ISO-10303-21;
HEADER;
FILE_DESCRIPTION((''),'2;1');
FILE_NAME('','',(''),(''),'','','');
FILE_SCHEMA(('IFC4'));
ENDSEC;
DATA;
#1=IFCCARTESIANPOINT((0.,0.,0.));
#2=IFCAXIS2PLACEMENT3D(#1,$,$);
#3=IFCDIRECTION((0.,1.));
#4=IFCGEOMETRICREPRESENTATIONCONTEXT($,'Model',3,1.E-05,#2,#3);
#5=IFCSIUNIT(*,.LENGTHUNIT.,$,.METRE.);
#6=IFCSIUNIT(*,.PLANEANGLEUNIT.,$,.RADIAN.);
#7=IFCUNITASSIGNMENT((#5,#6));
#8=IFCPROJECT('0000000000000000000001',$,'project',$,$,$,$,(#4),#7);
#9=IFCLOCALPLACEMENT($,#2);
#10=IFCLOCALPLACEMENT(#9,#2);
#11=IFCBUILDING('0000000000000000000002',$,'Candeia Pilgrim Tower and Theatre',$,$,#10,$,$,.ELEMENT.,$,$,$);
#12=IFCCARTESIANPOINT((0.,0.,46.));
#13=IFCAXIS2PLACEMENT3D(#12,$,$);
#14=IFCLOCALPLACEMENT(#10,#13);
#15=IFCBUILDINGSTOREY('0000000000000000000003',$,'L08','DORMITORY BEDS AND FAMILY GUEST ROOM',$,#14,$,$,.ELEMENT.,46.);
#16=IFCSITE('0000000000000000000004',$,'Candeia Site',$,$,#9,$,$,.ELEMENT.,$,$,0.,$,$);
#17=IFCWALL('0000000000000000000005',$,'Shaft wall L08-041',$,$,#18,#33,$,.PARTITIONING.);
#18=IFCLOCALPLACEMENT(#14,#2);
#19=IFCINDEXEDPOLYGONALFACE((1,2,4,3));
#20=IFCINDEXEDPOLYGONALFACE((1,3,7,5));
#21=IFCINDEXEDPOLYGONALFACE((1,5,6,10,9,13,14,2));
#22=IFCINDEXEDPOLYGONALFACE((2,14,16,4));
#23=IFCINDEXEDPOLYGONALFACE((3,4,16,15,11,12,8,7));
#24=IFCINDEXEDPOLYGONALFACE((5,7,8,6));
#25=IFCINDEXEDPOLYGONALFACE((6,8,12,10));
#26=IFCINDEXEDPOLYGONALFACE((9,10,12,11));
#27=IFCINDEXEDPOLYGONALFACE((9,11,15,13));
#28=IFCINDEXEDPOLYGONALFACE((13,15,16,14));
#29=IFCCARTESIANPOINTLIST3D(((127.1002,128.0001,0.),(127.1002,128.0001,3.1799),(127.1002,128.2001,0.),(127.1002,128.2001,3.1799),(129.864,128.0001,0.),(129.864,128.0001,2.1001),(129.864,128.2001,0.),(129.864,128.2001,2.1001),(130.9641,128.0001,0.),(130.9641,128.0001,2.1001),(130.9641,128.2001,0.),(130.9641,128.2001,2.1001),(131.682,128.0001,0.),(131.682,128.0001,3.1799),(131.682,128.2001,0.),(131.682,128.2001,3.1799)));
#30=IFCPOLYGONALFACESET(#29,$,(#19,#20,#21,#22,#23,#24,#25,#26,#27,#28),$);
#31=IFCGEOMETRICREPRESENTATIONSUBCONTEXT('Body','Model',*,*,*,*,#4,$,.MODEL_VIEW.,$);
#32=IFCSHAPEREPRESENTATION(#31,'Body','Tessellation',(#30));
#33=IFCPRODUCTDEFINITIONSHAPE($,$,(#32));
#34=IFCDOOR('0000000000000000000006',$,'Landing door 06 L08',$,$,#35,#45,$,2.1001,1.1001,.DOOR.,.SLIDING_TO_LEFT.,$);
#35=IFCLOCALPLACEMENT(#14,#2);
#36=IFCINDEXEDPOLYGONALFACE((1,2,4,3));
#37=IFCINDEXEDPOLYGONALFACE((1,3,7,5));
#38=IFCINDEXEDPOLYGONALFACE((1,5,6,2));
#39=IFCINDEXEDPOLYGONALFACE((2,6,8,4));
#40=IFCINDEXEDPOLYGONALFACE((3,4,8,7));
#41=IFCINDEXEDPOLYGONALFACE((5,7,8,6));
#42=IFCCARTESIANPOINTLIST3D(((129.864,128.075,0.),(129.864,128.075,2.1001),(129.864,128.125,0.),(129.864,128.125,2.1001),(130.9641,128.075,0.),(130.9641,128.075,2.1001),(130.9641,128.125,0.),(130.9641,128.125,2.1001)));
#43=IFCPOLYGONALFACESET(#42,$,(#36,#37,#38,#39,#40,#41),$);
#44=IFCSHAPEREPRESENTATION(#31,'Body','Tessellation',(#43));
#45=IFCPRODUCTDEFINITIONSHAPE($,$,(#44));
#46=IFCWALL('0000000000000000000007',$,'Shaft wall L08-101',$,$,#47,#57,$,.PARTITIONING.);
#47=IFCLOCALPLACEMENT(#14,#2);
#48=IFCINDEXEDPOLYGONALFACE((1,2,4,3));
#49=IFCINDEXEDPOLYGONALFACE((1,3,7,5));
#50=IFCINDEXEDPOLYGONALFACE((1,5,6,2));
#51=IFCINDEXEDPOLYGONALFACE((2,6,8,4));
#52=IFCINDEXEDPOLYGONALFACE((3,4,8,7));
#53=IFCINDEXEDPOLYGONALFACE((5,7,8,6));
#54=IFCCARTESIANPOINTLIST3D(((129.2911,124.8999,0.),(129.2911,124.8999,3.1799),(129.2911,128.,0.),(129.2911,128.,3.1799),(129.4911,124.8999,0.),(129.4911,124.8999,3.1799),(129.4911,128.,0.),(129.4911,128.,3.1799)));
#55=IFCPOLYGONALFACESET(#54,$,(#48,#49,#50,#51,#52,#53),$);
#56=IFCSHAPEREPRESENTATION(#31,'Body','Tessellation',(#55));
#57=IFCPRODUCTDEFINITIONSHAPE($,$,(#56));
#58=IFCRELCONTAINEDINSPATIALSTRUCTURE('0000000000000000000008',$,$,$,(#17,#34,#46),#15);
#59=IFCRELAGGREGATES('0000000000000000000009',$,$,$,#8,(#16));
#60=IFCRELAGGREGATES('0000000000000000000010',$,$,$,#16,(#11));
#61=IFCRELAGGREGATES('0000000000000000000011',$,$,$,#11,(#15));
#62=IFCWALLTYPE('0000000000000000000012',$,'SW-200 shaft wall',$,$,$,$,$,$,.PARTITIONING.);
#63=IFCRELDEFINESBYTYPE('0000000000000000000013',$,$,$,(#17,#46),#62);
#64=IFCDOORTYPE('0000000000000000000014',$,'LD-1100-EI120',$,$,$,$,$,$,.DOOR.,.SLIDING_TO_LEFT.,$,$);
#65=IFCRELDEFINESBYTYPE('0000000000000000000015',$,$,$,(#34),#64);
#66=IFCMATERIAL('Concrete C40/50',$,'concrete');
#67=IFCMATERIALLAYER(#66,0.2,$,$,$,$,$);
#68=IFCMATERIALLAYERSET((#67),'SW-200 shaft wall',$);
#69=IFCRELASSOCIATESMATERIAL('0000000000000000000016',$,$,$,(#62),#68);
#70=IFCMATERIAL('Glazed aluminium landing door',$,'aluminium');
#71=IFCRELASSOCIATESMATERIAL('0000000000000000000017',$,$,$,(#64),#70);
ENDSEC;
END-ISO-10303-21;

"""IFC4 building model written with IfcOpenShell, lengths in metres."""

from ifc_helpers import new_model, si_unit, direction, frame, frame_2d, origin, place, context, subcontext, project, spatial, rectangle, extrude, material, layer, layer_set, type_object, element, fill, save


model = new_model("IFC4")

# Units and contexts
model_context = context("Model", 3, precision=1e-05, world=origin(), true_north=direction((0.0, 1.0)))
body_context = subcontext(model_context, "Body", "Model", "MODEL_VIEW")
ifc_project = project(units=[si_unit("LENGTHUNIT", "METRE"), si_unit("PLANEANGLEUNIT", "RADIAN")], contexts=[model_context])

# Site, building, storey
site_placement = place(None, origin())
site = spatial("IfcSite", under=ifc_project, at=site_placement, Name="Candeia Site", CompositionType="ELEMENT", RefElevation=0.0)
building_placement = place(site_placement, origin())
building = spatial("IfcBuilding", under=site, at=building_placement, Name="Candeia Pilgrim Tower and Theatre", CompositionType="ELEMENT")
storey_placement = place(building_placement, frame((0.0, 0.0, 46.0)))
storey = spatial("IfcBuildingStorey", under=building, at=storey_placement, Name="L08", Description="DORMITORY BEDS AND FAMILY GUEST ROOM", CompositionType="ELEMENT", Elevation=46.0)

# Shared definitions
ifc_material_1 = material(Name="Concrete C40/50", Category="concrete")
ifc_layer_1 = layer(ifc_material_1, 0.2)
ifc_layer_set_1 = layer_set([ifc_layer_1], Name="SW-200 shaft wall")
wall_type_1 = type_object("IfcWallType", Name="SW-200 shaft wall", PredefinedType="PARTITIONING", material=ifc_layer_set_1)

# Wall, opening, door
ifc_material_2 = material(Name="Glazed aluminium landing door", Category="aluminium")
door_type_1 = type_object("IfcDoorType", Name="LD-1100-EI120", OperationType="SLIDING_TO_LEFT", PredefinedType="DOOR", material=ifc_material_2)
wall_1_placement = place(storey_placement, frame((127.1001, 128.1001, 0.0), z_axis=(0.0, 0.0, 1.0), x_axis=(1.0, 0.0, 0.0)))
wall_1 = element("IfcWall", 1, at=wall_1_placement, inside=storey, type_object=wall_type_1, Name="Shaft wall L08-041", PredefinedType="PARTITIONING", context=body_context, shape_type="SweptSolid", body=[
    extrude(rectangle(XDim=4.5818, YDim=0.2, at=frame_2d((2.291, 0.0))), origin(), (0.0, 0.0, 1.0), 3.1799),
])
opening_1_placement = place(wall_1_placement, frame((2.7639, 0.0, 0.0)))
opening_1 = element("IfcOpeningElement", 2, at=opening_1_placement, cuts=wall_1, PredefinedType="OPENING", context=body_context, shape_type="SweptSolid", body=[
    extrude(rectangle(XDim=1.1001, YDim=2.1001, at=frame_2d((0.55, 1.05))), frame((0.0, 0.1099, 0.0), z_axis=(0.0, -1.0, 0.0), x_axis=(1.0, 0.0, 0.0)), (0.0, 0.0, 1.0), 0.22),
])
door_1_placement = place(opening_1_placement, origin())
door_1 = element("IfcDoor", 3, at=door_1_placement, inside=storey, type_object=door_type_1, Name="Landing door 06 L08", OperationType="SLIDING_TO_LEFT", OverallHeight=2.1001, OverallWidth=1.1001, PredefinedType="DOOR", context=body_context, shape_type="SweptSolid", body=[
    extrude(rectangle(XDim=1.1001, YDim=2.1001, at=frame_2d((0.55, 1.05))), frame((0.0, 0.0249, 0.0), z_axis=(0.0, -1.0, 0.0), x_axis=(1.0, 0.0, 0.0)), (0.0, 0.0, 1.0), 0.05),
])
fill(opening_1, door_1)

# Wall
wall_2_placement = place(storey_placement, frame((129.3911, 124.8999, 0.0), z_axis=(0.0, 0.0, 1.0), x_axis=(0.0, 1.0, 0.0)))
element("IfcWall", 4, at=wall_2_placement, inside=storey, type_object=wall_type_1, Name="Shaft wall L08-101", PredefinedType="PARTITIONING", context=body_context, shape_type="SweptSolid", body=[
    extrude(rectangle(XDim=3.1001, YDim=0.2, at=frame_2d((1.55, 0.0))), origin(), (0.0, 0.0, 1.0), 3.1799),
])

save(model, "model.ifc")
